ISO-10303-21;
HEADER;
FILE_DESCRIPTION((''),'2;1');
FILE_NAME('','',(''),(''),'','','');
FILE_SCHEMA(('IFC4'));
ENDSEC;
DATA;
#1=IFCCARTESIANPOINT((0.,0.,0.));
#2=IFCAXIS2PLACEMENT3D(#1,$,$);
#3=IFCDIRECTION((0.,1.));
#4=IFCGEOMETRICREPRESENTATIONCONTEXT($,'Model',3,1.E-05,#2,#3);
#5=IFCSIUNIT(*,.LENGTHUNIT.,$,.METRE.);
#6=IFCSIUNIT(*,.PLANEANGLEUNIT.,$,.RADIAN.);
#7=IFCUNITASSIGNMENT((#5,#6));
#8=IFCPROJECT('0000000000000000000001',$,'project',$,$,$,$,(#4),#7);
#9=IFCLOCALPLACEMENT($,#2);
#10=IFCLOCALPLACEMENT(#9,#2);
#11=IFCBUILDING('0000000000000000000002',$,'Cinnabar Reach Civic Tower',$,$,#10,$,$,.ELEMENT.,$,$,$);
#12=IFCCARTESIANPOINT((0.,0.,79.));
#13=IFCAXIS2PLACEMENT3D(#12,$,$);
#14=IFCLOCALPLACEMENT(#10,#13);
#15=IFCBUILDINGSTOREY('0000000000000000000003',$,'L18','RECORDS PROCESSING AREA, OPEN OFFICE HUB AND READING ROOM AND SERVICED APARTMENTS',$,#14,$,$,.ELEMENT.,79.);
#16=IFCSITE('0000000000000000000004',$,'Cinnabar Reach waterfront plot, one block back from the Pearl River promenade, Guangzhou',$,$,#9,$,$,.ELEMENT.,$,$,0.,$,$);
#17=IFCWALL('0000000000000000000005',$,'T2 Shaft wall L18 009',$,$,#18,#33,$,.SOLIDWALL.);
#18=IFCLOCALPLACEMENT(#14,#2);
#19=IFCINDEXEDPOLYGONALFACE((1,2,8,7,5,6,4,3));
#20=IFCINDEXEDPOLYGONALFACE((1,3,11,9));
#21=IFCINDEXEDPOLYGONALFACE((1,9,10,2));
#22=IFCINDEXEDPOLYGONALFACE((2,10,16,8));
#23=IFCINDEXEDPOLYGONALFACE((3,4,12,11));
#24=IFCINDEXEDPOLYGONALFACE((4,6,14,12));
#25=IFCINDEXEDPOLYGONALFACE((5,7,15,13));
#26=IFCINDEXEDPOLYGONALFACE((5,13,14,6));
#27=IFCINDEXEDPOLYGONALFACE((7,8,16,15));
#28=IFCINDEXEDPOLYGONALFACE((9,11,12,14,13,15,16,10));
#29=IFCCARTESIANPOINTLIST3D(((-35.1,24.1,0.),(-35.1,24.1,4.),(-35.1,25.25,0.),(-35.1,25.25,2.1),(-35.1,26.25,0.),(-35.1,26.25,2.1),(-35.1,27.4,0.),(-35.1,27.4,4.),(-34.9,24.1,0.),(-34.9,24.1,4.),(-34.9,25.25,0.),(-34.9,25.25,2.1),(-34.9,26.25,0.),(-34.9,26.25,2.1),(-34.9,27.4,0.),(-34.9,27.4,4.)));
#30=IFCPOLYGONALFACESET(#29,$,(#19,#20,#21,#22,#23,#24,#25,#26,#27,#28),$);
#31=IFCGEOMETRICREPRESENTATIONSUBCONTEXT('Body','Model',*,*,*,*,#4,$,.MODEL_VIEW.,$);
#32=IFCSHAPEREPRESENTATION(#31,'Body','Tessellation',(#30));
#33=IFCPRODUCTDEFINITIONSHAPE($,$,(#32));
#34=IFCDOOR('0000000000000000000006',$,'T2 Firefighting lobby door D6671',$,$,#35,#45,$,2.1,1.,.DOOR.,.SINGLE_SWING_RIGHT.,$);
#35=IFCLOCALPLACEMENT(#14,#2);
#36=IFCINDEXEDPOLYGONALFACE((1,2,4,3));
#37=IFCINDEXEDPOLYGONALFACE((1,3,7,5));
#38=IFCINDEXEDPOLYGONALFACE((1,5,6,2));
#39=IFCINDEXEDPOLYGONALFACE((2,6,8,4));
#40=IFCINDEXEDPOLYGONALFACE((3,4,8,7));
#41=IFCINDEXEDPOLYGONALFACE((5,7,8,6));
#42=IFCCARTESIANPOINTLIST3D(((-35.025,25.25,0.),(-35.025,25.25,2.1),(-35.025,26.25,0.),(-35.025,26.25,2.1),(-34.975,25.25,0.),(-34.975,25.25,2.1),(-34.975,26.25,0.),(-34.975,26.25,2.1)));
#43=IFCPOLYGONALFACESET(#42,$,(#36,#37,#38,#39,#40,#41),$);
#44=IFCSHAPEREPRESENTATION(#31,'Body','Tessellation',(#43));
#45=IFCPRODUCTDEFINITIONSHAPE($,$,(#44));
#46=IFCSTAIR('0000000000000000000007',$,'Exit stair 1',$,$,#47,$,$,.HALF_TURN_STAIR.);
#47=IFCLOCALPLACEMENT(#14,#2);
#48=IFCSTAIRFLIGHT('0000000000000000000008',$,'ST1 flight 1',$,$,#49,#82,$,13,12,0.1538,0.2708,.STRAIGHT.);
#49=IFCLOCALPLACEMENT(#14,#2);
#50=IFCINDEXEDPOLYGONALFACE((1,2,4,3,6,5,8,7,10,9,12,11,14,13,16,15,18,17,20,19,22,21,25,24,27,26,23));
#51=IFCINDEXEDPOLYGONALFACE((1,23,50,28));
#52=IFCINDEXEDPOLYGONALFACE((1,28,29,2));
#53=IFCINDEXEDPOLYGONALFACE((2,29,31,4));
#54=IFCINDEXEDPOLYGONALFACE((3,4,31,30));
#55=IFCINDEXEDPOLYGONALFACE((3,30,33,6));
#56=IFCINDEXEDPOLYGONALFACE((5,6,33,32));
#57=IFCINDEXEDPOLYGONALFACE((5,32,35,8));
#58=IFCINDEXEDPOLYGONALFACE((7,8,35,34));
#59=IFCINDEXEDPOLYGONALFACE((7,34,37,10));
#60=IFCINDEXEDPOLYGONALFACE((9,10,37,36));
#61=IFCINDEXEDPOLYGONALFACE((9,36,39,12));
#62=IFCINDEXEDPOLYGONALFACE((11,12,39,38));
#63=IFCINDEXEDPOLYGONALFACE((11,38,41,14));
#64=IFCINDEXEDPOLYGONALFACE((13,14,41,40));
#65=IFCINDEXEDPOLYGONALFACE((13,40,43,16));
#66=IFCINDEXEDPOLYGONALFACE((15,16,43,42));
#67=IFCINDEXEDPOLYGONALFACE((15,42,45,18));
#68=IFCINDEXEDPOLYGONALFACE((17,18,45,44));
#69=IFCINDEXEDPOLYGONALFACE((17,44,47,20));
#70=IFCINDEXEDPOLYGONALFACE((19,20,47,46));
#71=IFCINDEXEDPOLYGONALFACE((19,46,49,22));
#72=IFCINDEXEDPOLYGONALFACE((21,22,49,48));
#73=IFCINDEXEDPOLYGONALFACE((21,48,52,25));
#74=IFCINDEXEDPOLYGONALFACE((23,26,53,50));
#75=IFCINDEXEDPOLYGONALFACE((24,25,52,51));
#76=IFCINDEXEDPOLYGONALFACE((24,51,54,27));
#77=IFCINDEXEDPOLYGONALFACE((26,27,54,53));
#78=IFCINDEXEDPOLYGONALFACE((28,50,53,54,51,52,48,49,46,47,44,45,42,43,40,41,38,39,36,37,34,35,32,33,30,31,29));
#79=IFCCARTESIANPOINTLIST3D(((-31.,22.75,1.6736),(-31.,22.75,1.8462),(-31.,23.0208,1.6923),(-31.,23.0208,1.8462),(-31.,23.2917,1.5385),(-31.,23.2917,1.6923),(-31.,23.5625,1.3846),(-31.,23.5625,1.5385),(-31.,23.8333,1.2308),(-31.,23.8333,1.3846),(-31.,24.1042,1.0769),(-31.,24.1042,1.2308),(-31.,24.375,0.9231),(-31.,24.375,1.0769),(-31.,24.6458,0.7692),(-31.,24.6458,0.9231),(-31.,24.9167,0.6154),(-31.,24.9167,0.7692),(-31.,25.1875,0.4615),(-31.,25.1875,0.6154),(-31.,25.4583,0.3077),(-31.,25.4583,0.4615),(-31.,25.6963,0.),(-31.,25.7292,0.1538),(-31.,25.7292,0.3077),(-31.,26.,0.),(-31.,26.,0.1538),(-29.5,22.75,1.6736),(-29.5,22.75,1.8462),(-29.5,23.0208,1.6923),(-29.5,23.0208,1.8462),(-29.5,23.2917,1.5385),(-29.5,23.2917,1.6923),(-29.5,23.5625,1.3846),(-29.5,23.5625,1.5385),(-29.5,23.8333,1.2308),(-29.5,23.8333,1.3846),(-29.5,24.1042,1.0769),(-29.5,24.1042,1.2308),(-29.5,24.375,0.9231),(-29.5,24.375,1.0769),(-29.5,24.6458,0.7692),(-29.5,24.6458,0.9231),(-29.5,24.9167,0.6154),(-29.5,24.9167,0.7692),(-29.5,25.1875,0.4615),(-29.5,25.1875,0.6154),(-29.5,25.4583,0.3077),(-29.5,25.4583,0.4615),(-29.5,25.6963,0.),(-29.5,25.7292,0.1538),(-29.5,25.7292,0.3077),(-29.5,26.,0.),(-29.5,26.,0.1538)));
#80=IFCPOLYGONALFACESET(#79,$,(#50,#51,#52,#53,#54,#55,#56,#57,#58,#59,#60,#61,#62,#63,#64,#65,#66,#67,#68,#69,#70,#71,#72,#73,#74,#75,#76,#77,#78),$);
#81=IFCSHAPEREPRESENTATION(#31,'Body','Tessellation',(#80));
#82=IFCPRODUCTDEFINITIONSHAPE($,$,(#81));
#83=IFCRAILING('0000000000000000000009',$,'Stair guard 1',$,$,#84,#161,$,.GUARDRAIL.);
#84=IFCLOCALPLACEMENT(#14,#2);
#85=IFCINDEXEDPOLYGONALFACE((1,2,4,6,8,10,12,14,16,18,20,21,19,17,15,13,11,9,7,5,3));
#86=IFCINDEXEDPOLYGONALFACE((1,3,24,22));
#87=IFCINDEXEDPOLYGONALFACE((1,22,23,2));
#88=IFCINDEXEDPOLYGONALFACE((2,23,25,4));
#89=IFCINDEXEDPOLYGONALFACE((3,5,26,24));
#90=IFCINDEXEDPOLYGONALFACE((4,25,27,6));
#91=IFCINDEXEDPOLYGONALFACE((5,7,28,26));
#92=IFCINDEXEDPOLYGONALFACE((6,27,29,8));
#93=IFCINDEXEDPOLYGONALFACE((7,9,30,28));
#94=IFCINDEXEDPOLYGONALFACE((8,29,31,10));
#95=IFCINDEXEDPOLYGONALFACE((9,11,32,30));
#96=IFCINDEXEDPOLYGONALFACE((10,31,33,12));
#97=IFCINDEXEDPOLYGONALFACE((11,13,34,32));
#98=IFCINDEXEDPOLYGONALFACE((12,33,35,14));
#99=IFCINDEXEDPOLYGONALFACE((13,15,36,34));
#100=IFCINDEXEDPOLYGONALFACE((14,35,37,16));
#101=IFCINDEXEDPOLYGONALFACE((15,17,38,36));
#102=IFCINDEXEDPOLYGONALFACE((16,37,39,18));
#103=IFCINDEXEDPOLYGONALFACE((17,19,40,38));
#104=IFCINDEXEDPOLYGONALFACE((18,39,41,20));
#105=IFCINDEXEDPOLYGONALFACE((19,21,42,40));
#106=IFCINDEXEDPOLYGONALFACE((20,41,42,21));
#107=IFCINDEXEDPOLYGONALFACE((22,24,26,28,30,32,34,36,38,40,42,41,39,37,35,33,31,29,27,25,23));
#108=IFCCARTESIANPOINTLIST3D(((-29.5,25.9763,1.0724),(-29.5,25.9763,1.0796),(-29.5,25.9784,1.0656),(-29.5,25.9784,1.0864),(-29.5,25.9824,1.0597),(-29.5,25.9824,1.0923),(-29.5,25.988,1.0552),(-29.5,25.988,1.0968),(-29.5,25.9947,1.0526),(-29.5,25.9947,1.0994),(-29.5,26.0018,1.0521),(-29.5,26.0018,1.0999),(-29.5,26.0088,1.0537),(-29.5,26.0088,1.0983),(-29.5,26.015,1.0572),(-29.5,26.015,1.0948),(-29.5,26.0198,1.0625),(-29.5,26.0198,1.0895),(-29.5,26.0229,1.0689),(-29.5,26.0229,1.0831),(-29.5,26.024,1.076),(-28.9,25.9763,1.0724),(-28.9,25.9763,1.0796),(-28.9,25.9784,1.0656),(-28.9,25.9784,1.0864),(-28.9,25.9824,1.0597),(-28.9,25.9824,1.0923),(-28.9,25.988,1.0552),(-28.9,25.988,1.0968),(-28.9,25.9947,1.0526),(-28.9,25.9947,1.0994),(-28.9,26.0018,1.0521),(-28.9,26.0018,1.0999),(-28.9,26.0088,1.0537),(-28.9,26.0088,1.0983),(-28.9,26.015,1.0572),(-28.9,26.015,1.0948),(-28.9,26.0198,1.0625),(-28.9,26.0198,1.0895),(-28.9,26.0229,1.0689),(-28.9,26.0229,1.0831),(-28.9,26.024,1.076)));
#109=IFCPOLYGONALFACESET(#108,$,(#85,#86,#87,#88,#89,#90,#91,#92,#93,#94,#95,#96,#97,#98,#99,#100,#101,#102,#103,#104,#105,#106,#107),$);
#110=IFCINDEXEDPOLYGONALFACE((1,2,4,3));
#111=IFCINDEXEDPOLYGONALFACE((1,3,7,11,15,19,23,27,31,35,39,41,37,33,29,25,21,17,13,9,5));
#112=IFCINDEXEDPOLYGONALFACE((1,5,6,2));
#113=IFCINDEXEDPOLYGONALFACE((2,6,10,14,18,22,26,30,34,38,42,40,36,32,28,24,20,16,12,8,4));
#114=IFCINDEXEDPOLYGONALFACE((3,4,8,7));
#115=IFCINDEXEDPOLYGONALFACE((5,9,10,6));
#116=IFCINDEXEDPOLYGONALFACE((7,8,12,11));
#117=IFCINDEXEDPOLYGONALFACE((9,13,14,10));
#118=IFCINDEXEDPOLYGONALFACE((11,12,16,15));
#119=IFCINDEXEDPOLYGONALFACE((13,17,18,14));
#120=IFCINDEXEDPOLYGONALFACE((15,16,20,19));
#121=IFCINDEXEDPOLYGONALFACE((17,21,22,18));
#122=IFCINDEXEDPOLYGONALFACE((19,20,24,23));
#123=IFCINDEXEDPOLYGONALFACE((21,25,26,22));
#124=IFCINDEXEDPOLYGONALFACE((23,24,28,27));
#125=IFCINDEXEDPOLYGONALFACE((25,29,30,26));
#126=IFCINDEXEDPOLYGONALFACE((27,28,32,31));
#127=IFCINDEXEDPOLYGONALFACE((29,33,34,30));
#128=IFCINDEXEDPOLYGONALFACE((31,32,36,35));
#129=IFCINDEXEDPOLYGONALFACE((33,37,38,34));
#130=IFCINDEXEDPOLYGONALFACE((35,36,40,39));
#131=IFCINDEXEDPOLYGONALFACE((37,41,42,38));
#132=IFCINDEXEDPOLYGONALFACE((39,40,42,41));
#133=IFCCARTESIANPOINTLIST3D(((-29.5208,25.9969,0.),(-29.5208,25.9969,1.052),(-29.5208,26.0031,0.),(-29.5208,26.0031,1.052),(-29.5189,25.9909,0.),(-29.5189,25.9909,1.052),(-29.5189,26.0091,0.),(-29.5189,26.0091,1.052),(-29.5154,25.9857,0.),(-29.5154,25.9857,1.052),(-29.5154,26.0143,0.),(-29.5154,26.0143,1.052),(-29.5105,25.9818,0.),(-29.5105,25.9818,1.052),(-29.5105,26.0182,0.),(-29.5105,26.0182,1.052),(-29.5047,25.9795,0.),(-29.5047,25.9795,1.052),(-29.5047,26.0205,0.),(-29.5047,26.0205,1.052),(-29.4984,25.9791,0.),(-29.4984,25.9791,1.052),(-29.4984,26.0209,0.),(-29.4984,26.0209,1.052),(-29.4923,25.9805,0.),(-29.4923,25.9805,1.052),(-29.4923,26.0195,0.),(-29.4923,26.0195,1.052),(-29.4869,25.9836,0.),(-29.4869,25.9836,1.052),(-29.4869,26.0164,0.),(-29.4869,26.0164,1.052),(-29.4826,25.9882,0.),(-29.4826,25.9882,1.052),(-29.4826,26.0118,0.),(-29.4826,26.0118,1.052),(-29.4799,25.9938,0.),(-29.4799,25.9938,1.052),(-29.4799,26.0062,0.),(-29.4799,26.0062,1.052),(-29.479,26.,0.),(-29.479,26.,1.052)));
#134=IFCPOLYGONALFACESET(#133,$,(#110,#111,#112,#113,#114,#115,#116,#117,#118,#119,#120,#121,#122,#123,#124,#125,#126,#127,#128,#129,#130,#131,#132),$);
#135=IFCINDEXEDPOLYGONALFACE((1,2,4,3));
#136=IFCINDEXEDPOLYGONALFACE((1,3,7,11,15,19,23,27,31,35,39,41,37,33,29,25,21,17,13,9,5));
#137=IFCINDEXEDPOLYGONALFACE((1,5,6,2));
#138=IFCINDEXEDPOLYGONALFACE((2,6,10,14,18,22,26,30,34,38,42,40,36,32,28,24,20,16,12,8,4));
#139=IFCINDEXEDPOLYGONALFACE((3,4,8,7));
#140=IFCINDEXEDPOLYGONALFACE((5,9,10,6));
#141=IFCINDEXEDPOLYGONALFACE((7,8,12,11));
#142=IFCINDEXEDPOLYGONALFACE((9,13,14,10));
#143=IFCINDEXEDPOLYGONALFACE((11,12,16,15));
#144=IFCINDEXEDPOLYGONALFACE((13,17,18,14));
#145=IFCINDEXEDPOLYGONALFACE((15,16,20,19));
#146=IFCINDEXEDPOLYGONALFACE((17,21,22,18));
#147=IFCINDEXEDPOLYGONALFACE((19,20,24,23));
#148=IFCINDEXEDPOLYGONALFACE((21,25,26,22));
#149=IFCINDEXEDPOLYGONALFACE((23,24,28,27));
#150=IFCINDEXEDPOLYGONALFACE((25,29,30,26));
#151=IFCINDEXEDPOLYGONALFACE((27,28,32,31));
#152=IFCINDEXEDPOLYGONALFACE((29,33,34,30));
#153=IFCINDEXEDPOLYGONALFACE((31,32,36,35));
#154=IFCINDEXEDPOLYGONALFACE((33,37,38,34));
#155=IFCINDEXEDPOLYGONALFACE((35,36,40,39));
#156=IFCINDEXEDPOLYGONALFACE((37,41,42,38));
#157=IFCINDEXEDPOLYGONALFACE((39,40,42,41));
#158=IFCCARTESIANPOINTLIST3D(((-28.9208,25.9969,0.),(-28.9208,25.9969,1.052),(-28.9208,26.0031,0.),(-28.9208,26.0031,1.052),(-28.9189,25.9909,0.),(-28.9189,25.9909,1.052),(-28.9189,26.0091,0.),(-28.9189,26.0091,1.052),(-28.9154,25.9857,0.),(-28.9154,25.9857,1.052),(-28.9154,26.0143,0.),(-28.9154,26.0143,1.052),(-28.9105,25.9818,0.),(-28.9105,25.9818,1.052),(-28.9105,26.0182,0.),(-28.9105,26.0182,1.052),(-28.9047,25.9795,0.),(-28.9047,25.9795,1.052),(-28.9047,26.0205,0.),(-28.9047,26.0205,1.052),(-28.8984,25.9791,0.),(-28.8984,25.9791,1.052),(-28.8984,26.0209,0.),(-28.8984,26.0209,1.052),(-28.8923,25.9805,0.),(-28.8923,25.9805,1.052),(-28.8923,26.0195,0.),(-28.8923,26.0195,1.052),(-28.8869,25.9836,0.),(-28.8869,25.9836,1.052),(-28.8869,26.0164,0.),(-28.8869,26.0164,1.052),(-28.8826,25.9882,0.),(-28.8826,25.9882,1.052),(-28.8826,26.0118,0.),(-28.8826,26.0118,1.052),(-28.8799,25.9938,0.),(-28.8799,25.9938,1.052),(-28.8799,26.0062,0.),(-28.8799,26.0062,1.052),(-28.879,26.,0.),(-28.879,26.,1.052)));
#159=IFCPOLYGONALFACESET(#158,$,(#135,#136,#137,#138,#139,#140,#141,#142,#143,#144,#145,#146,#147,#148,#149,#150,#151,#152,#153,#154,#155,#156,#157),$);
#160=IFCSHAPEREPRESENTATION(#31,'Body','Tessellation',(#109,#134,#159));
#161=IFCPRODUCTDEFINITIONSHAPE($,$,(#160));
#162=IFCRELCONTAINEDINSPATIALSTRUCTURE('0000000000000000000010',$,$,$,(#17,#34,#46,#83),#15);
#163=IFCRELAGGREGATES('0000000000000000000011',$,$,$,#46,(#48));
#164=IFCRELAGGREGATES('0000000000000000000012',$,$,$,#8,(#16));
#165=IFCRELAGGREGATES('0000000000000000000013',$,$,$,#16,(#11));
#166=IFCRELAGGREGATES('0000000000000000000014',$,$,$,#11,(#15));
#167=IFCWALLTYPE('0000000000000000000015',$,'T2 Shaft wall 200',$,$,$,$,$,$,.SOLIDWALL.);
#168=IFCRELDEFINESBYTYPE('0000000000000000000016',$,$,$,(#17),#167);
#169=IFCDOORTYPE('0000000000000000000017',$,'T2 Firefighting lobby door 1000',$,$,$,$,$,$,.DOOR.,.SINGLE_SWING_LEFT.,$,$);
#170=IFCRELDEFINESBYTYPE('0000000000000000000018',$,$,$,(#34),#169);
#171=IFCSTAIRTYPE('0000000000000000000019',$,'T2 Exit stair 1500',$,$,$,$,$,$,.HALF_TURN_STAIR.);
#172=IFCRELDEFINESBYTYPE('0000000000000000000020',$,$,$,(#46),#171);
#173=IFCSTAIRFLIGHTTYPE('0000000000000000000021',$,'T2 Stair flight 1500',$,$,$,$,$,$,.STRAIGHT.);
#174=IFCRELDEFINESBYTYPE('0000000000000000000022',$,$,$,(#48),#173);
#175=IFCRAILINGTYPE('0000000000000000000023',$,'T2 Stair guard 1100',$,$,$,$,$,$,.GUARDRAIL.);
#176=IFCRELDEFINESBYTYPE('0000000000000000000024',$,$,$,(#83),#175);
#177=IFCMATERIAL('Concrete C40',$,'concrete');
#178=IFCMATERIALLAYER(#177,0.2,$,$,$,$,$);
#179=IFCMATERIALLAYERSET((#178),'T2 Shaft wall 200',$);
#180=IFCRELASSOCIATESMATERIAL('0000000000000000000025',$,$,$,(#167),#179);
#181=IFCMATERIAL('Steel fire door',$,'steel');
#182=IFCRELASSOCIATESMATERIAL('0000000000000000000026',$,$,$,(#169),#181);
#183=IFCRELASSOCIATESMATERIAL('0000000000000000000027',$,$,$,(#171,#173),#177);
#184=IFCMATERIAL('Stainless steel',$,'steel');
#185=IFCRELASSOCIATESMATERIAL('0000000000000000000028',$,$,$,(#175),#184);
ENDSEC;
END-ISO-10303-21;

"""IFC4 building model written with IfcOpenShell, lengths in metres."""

from ifc_helpers import new_model, si_unit, direction, frame, frame_2d, origin, origin_2d, place, context, subcontext, project, spatial, polyline, rectangle, circle, outline, extrude, material, layer, layer_set, type_object, element, fill, aggregate, save


model = new_model("IFC4")

# Units and contexts
model_context = context("Model", 3, precision=1e-05, world=origin(), true_north=direction((0.0, 1.0)))
body_context = subcontext(model_context, "Body", "Model", "MODEL_VIEW")
ifc_project = project(units=[si_unit("LENGTHUNIT", "METRE"), si_unit("PLANEANGLEUNIT", "RADIAN")], contexts=[model_context])

# Site, building, storey
site_placement = place(None, origin())
site = spatial("IfcSite", under=ifc_project, at=site_placement, Name="Cinnabar Reach waterfront plot, one block back from the Pearl River promenade, Guangzhou", CompositionType="ELEMENT", RefElevation=0.0)
building_placement = place(site_placement, origin())
building = spatial("IfcBuilding", under=site, at=building_placement, Name="Cinnabar Reach Civic Tower", CompositionType="ELEMENT")
storey_placement = place(building_placement, frame((0.0, 0.0, 79.0)))
storey = spatial("IfcBuildingStorey", under=building, at=storey_placement, Name="L18", Description="RECORDS PROCESSING AREA, OPEN OFFICE HUB AND READING ROOM AND SERVICED APARTMENTS", CompositionType="ELEMENT", Elevation=79.0)

# Shared definitions
ifc_material_1 = material(Name="Steel fire door", Category="steel")

# Shared definitions
ifc_material_2 = material(Name="Concrete C40", Category="concrete")

# Shared definitions
ifc_layer_1 = layer(ifc_material_2, 0.2)
ifc_layer_set_1 = layer_set([ifc_layer_1], Name="T2 Shaft wall 200")
wall_type_1 = type_object("IfcWallType", Name="T2 Shaft wall 200", PredefinedType="SOLIDWALL", material=ifc_layer_set_1)

# Wall, opening, door
wall_1_placement = place(storey_placement, frame((-35.0, 24.1, 0.0), z_axis=(0.0, 0.0, 1.0), x_axis=(0.0, 1.0, 0.0)))
wall_1 = element("IfcWall", 1, at=wall_1_placement, inside=storey, type_object=wall_type_1, Name="T2 Shaft wall L18 009", PredefinedType="SOLIDWALL", context=body_context, shape_type="SweptSolid", body=[
    extrude(rectangle(XDim=3.3, YDim=0.2, at=frame_2d((1.65, 0.0))), origin(), (0.0, 0.0, 1.0), 4.0),
])
opening_1_placement = place(wall_1_placement, frame((1.15, 0.0, 0.0)))
opening_1 = element("IfcOpeningElement", 2, at=opening_1_placement, cuts=wall_1, PredefinedType="OPENING", context=body_context, shape_type="SweptSolid", body=[
    extrude(rectangle(XDim=1.0, YDim=2.1, at=frame_2d((0.5, 1.05))), frame((0.0, 0.11, 0.0), z_axis=(0.0, -1.0, 0.0), x_axis=(1.0, 0.0, 0.0)), (0.0, 0.0, 1.0), 0.22),
])
door_type_1 = type_object("IfcDoorType", Name="T2 Firefighting lobby door 1000", OperationType="SINGLE_SWING_LEFT", PredefinedType="DOOR", material=ifc_material_1)
door_1_placement = place(opening_1_placement, origin())
door_1 = element("IfcDoor", 3, at=door_1_placement, inside=storey, type_object=door_type_1, Name="T2 Firefighting lobby door D6671", OperationType="SINGLE_SWING_RIGHT", OverallHeight=2.1, OverallWidth=1.0, PredefinedType="DOOR", context=body_context, shape_type="SweptSolid", body=[
    extrude(rectangle(XDim=1.0, YDim=2.1, at=frame_2d((0.5, 1.05))), frame((0.0, 0.025, 0.0), z_axis=(0.0, -1.0, 0.0), x_axis=(1.0, 0.0, 0.0)), (0.0, 0.0, 1.0), 0.05),
])
fill(opening_1, door_1)

# Stair, stair flight
stair_type = type_object("IfcStairType", Name="T2 Exit stair 1500", PredefinedType="HALF_TURN_STAIR", material=ifc_material_2)
stair_placement = place(storey_placement, origin())
stair = element("IfcStair", 4, at=stair_placement, inside=storey, type_object=stair_type, Name="Exit stair 1", PredefinedType="HALF_TURN_STAIR")
stair_flight_type = type_object("IfcStairFlightType", Name="T2 Stair flight 1500", PredefinedType="STRAIGHT", material=ifc_material_2)
stair_flight_placement = place(storey_placement, frame((-30.25, 26.0, 0.0), z_axis=(0.0, 0.0, 1.0), x_axis=(0.0, -1.0, 0.0)))
stair_flight = element("IfcStairFlight", 5, at=stair_flight_placement, type_object=stair_flight_type, Name="ST1 flight 1", NumberOfRisers=13, NumberOfTreads=12, PredefinedType="STRAIGHT", RiserHeight=0.1538, TreadLength=0.2708, context=body_context, shape_type="SweptSolid", body=[
    extrude(outline(polyline([(0.0, 0.0), (0.0, 0.1538), (0.2708, 0.1538), (0.2708, 0.3077), (0.5417, 0.3077), (0.5417, 0.4615), (0.8125, 0.4615), (0.8125, 0.6154), (1.0833, 0.6154), (1.0833, 0.7692), (1.3542, 0.7692), (1.3542, 0.9231), (1.625, 0.9231), (1.625, 1.0769), (1.8958, 1.0769), (1.8958, 1.2308), (2.1667, 1.2308), (2.1667, 1.3846), (2.4375, 1.3846), (2.4375, 1.5385), (2.7083, 1.5385), (2.7083, 1.6923), (2.9792, 1.6923), (2.9792, 1.8462), (3.25, 1.8462), (3.25, 2.0), (3.25, 1.6736), (0.3037, 0.0), (0.0, 0.0)])), frame((0.0, 0.75, 0.0), z_axis=(0.0, -1.0, 0.0), x_axis=(1.0, 0.0, 0.0)), (0.0, 0.0, 1.0), 1.5),
])
aggregate(stair, [stair_flight])

# Railing
ifc_material_3 = material(Name="Stainless steel", Category="steel")
railing_type = type_object("IfcRailingType", Name="T2 Stair guard 1100", PredefinedType="GUARDRAIL", material=ifc_material_3)
railing_1_placement = place(storey_placement, frame((-29.5, 26.0, 0.0)))
element("IfcRailing", 6, at=railing_1_placement, inside=storey, type_object=railing_type, Name="Stair guard 1", PredefinedType="GUARDRAIL", context=body_context, shape_type="SweptSolid", body=[
    extrude(circle(Radius=0.024, at=origin_2d()), frame((0.0, 0.0, 1.076), z_axis=(1.0, 0.0, 0.0), x_axis=(0.0, 1.0, 0.0)), (0.0, 0.0, 1.0), 0.6),
    extrude(circle(Radius=0.021, at=origin_2d()), origin(), (0.0, 0.0, 1.0), 1.052),
    extrude(circle(Radius=0.021, at=origin_2d()), frame((0.6, 0.0, 0.0)), (0.0, 0.0, 1.0), 1.052),
])

save(model, "model.ifc")
